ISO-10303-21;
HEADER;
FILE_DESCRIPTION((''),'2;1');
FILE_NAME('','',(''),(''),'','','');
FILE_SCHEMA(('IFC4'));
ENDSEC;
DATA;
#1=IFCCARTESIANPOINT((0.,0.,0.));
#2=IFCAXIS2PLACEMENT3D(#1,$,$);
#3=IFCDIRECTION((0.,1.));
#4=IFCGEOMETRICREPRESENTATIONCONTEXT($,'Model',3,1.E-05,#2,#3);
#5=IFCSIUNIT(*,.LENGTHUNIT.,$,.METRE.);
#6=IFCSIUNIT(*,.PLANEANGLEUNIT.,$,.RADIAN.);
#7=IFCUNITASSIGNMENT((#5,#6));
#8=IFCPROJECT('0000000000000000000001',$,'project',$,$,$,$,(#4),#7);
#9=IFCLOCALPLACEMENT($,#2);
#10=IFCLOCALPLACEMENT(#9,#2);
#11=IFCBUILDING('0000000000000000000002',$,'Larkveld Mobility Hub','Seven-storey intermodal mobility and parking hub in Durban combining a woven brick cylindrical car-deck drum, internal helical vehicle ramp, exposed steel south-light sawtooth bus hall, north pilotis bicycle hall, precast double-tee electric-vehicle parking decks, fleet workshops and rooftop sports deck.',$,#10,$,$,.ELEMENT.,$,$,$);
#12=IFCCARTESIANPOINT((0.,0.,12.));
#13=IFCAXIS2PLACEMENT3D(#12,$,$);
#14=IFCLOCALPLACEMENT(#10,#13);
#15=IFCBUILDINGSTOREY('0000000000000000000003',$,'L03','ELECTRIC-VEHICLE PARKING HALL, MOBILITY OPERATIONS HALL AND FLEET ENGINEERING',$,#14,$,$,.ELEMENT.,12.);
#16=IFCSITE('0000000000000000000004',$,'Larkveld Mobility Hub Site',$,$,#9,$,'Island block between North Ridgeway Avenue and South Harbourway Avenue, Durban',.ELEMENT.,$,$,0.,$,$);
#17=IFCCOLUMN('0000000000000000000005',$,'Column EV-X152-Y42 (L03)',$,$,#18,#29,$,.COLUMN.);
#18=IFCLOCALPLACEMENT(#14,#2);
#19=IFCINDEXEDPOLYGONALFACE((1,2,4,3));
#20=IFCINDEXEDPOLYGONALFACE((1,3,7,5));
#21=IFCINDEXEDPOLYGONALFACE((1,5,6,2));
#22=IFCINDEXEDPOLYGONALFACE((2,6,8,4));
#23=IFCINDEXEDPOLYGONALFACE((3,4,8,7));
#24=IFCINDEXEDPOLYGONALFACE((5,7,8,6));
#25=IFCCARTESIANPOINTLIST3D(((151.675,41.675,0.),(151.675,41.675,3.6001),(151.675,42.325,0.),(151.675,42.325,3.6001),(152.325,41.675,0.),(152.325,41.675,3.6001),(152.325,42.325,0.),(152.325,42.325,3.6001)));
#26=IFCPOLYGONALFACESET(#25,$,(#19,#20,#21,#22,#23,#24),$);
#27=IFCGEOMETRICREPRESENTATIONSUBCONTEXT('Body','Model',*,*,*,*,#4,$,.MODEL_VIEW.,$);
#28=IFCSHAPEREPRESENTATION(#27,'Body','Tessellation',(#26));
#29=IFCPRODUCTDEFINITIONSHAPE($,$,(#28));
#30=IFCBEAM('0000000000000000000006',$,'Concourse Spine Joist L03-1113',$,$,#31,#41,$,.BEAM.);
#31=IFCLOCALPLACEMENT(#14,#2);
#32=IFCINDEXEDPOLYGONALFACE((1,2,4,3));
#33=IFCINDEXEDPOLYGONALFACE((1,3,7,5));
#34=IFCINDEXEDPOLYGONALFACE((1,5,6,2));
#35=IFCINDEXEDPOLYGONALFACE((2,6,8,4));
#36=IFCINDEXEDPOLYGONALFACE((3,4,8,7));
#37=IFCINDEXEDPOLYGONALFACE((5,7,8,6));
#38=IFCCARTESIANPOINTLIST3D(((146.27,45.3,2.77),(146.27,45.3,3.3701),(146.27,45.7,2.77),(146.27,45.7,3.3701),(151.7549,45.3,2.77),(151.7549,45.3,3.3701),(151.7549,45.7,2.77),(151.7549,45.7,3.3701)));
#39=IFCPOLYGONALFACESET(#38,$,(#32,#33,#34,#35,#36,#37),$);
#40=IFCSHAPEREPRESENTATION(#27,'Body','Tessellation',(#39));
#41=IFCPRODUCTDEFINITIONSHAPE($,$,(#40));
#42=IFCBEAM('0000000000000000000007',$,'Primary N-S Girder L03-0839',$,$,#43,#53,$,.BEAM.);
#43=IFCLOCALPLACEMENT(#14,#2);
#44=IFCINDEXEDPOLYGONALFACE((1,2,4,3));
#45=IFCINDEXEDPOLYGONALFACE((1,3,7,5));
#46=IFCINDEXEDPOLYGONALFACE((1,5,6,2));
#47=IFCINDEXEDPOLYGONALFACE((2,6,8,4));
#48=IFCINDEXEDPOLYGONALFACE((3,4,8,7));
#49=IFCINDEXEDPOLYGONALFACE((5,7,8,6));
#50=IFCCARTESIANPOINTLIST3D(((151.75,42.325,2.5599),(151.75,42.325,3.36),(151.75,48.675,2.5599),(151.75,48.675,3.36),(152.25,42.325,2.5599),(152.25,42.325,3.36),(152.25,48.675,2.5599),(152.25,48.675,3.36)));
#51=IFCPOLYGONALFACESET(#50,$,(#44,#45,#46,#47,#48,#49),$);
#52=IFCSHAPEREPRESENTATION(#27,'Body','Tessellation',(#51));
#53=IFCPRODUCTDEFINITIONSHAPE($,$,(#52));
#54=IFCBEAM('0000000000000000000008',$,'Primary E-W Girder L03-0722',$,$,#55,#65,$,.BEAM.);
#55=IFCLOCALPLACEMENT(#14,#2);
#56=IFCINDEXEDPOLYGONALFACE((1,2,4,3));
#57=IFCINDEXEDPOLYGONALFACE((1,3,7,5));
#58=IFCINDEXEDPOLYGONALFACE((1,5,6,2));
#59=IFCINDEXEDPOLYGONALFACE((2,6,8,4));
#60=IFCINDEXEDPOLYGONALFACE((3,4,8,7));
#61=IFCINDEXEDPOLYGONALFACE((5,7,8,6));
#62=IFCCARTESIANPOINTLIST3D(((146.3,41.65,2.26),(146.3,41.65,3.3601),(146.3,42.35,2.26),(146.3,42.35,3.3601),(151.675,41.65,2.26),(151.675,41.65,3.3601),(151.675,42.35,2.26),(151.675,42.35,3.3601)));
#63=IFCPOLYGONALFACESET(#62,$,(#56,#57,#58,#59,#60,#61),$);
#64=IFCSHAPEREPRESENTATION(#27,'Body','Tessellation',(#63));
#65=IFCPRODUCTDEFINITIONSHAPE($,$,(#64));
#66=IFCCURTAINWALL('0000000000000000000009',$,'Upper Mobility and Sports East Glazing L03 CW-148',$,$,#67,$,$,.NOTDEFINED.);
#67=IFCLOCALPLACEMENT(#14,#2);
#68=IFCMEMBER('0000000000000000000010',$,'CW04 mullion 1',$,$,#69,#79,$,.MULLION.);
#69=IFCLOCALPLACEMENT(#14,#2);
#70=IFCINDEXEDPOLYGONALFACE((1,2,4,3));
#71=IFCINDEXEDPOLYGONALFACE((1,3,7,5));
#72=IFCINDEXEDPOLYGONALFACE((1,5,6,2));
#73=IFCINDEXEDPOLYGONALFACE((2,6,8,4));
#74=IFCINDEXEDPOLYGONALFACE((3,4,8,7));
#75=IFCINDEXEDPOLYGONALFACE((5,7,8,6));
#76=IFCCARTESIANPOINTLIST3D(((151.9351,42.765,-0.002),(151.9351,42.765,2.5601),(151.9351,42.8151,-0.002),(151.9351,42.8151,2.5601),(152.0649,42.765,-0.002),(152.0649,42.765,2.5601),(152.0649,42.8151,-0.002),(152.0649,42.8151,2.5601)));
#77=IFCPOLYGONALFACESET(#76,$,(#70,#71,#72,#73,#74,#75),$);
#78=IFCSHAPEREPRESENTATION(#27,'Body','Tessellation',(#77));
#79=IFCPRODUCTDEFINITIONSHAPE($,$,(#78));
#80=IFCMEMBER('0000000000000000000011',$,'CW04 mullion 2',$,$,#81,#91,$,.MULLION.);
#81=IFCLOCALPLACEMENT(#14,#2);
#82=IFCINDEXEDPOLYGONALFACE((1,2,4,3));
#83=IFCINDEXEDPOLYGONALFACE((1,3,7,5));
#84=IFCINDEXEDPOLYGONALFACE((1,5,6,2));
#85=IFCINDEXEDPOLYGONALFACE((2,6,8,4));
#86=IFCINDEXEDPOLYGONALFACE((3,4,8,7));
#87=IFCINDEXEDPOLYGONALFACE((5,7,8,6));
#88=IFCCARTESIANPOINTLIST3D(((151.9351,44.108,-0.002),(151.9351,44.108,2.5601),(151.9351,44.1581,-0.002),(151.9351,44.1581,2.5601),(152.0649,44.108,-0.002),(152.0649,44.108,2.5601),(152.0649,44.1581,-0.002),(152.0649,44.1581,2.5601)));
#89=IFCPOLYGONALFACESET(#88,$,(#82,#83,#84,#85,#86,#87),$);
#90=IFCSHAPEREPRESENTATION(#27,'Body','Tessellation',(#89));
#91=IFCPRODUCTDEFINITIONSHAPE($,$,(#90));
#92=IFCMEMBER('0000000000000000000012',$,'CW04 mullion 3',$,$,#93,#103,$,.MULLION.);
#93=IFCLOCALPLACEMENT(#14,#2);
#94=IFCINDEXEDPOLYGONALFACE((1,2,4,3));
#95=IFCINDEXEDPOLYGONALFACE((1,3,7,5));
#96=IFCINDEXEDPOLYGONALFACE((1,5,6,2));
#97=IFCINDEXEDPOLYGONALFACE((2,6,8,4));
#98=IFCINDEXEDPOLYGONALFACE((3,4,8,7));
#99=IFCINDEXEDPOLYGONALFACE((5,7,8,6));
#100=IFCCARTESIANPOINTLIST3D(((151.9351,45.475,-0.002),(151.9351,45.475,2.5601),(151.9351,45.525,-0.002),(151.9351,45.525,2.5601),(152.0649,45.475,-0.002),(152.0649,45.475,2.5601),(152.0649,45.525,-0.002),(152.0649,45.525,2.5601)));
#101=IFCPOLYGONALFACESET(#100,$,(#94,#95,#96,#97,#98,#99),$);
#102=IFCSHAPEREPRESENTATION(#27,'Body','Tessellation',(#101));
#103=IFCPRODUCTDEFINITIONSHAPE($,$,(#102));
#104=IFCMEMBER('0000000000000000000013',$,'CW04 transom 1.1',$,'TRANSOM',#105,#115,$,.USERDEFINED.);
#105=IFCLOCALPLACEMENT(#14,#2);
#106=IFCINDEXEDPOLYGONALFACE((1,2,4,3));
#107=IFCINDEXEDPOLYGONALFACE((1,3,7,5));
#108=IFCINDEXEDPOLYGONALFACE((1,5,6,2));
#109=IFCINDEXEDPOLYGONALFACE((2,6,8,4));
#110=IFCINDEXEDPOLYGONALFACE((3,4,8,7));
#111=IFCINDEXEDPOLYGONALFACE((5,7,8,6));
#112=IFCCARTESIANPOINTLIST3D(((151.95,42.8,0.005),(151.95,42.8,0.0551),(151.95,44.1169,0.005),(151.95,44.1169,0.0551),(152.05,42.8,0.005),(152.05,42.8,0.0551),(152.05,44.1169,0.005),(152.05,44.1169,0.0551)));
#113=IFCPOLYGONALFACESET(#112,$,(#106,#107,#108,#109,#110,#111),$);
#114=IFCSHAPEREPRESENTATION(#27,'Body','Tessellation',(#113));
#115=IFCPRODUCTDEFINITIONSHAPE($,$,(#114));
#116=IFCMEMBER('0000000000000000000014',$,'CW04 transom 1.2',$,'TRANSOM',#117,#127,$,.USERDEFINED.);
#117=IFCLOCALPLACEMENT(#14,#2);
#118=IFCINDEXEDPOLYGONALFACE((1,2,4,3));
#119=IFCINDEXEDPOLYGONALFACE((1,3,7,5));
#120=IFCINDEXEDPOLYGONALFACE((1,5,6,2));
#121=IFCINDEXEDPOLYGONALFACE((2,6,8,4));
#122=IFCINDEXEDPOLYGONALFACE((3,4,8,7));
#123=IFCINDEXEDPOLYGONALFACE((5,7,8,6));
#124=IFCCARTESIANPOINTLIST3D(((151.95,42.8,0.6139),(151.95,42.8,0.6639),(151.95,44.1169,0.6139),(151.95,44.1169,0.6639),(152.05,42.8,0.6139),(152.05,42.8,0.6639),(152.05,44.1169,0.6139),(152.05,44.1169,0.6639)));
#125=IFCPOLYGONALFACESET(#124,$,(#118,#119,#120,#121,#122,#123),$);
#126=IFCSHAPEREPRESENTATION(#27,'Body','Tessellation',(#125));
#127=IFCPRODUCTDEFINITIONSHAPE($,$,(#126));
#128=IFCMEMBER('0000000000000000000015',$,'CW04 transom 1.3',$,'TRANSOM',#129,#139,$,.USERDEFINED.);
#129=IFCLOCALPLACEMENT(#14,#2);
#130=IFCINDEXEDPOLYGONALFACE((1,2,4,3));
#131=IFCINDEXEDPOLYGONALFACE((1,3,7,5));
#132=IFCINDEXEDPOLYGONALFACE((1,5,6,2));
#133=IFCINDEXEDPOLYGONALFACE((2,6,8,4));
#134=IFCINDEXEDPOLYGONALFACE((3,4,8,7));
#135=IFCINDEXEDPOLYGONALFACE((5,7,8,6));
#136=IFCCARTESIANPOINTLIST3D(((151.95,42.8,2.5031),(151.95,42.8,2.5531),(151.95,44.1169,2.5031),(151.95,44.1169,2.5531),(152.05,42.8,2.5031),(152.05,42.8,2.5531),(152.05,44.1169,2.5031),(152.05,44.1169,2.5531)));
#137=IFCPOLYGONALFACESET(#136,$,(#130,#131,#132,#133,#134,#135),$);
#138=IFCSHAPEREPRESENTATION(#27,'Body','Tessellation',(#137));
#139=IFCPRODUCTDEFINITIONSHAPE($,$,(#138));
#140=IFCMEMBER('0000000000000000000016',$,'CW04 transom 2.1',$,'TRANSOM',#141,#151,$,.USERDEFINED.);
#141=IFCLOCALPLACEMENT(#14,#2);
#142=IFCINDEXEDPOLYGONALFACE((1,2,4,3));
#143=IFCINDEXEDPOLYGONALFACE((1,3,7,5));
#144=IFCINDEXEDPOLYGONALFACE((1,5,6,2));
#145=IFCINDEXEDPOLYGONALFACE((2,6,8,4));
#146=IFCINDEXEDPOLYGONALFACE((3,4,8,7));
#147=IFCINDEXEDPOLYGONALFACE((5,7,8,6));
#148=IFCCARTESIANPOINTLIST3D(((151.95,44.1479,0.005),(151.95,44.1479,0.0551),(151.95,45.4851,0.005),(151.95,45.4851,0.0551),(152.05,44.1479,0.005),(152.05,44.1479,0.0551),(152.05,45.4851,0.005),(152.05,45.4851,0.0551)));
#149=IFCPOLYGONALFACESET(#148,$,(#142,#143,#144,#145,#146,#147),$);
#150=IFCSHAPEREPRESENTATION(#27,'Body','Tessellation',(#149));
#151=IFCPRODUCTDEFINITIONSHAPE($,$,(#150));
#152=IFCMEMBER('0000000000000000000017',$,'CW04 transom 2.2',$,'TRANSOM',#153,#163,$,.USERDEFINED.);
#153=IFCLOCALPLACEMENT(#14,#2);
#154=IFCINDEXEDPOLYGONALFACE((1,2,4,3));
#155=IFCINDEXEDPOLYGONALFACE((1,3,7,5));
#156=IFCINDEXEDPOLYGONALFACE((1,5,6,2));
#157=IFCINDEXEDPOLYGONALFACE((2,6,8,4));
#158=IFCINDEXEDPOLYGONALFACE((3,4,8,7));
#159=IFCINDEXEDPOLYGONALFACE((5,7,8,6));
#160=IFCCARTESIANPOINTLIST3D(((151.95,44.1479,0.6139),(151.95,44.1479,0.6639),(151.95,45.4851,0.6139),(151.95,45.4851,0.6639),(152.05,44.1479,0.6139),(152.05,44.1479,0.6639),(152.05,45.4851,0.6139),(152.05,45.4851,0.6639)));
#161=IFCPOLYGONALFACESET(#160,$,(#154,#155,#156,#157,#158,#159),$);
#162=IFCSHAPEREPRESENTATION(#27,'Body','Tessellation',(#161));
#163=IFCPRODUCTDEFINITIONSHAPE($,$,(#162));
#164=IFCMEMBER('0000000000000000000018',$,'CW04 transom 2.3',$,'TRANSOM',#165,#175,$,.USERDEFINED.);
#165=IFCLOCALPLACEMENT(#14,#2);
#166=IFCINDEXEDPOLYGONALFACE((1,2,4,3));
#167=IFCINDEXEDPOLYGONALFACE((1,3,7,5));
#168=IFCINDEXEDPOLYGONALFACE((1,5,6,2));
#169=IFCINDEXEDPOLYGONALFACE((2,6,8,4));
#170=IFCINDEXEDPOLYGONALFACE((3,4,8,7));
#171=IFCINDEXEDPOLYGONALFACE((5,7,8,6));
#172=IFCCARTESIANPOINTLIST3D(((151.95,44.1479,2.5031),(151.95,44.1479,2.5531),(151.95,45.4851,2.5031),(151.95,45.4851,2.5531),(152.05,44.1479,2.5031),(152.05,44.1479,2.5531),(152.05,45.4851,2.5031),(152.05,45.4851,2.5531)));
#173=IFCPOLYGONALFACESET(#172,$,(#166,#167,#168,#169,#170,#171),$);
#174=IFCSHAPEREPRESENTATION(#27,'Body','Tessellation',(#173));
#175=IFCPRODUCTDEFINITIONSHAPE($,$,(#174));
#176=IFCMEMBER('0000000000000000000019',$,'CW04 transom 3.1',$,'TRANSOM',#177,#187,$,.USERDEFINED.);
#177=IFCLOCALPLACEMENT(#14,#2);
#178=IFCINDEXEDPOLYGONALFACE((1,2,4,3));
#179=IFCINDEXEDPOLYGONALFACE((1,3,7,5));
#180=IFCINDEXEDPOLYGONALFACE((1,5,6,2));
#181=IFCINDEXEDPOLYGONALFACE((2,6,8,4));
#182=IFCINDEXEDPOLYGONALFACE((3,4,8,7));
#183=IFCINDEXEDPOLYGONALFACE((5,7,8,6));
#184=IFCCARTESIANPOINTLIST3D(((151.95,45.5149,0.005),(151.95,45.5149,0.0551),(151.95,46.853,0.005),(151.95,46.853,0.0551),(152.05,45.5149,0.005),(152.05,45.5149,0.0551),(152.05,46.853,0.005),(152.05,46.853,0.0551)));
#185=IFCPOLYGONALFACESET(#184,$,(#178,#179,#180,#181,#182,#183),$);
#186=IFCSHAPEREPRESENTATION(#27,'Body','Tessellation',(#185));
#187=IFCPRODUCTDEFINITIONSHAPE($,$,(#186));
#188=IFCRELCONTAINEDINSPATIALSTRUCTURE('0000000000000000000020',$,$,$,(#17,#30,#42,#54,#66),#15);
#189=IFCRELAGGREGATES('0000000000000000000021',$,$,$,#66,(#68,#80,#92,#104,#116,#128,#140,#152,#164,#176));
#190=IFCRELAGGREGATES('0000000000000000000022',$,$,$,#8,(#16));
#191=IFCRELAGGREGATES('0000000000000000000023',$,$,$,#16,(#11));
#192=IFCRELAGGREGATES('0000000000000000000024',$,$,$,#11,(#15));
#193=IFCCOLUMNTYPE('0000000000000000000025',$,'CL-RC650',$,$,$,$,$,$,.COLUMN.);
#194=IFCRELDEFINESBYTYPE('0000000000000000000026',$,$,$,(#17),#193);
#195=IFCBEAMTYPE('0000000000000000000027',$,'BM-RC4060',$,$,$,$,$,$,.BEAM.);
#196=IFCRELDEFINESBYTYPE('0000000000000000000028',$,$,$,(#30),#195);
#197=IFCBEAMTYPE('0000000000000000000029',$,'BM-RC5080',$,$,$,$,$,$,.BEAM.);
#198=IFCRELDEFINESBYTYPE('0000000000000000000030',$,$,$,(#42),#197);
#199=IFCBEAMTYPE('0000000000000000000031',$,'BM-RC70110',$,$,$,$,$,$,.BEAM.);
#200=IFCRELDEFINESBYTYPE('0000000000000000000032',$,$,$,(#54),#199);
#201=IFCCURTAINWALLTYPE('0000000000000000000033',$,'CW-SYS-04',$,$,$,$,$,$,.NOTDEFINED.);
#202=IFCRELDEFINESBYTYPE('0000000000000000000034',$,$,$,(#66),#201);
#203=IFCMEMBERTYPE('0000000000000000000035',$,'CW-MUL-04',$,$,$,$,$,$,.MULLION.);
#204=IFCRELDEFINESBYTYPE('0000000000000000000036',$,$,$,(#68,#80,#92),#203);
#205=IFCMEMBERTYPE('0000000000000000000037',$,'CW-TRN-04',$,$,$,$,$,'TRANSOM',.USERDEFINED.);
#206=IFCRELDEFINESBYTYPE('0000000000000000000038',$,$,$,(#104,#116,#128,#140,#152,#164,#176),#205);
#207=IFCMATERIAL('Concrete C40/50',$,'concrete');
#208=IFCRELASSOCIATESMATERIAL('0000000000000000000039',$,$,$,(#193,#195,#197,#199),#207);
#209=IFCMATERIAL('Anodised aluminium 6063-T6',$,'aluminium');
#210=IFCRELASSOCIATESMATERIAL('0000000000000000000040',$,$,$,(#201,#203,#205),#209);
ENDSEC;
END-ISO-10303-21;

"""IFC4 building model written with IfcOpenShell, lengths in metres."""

from ifc_helpers import new_model, si_unit, direction, frame, origin, origin_2d, place, context, subcontext, project, spatial, rectangle, extrude, material, material_profile, profile_set, type_object, element, aggregate, save


model = new_model("IFC4")

# Units and contexts
model_context = context("Model", 3, precision=1e-05, world=origin(), true_north=direction((0.0, 1.0)))
body_context = subcontext(model_context, "Body", "Model", "MODEL_VIEW")
ifc_project = project(units=[si_unit("LENGTHUNIT", "METRE"), si_unit("PLANEANGLEUNIT", "RADIAN")], contexts=[model_context])

# Site, building, storey
site_placement = place(None, origin())
site = spatial("IfcSite", under=ifc_project, at=site_placement, Name="Larkveld Mobility Hub Site", LongName="Island block between North Ridgeway Avenue and South Harbourway Avenue, Durban", CompositionType="ELEMENT", RefElevation=0.0)
building_placement = place(site_placement, origin())
building = spatial("IfcBuilding", under=site, at=building_placement, Name="Larkveld Mobility Hub", Description="Seven-storey intermodal mobility and parking hub in Durban combining a woven brick cylindrical car-deck drum, internal helical vehicle ramp, exposed steel south-light sawtooth bus hall, north pilotis bicycle hall, precast double-tee electric-vehicle parking decks, fleet workshops and rooftop sports deck.", CompositionType="ELEMENT")
storey_placement = place(building_placement, frame((0.0, 0.0, 12.0)))
storey = spatial("IfcBuildingStorey", under=building, at=storey_placement, Name="L03", Description="ELECTRIC-VEHICLE PARKING HALL, MOBILITY OPERATIONS HALL AND FLEET ENGINEERING", CompositionType="ELEMENT", Elevation=12.0)

# Column
ifc_material_1 = material(Name="Concrete C40/50", Category="concrete")
ifc_material_profile_1 = material_profile(ifc_material_1, rectangle(XDim=0.6499, YDim=0.6499, at=origin_2d()), Name="RC COL 650x650")
ifc_profile_set_1 = profile_set([ifc_material_profile_1], Name="Concrete C40/50")
column_type = type_object("IfcColumnType", Name="CL-RC650", PredefinedType="COLUMN", material=ifc_profile_set_1)
column_placement = place(storey_placement, frame((152.0, 42.0, 0.0), z_axis=(0.0, 0.0, 1.0), x_axis=(1.0, 0.0, 0.0)))
element("IfcColumn", 1, at=column_placement, inside=storey, type_object=column_type, Name="Column EV-X152-Y42 (L03)", PredefinedType="COLUMN", context=body_context, shape_type="SweptSolid", body=[
    extrude(rectangle(XDim=0.6499, YDim=0.6499, at=origin_2d()), origin(), (0.0, 0.0, 1.0), 3.6001),
])

# Beams
ifc_material_profile_2 = material_profile(ifc_material_1, rectangle(XDim=0.3999, YDim=0.6001, at=origin_2d()), Name="RC BM 400x600")
ifc_profile_set_2 = profile_set([ifc_material_profile_2], Name="Concrete C40/50")
beam_type_1 = type_object("IfcBeamType", Name="BM-RC4060", PredefinedType="BEAM", material=ifc_profile_set_2)
beam_1_placement = place(storey_placement, frame((146.27, 45.5, 3.0701), z_axis=(1.0, 0.0, 0.0), x_axis=(0.0, 1.0, 0.0)))
element("IfcBeam", 2, at=beam_1_placement, inside=storey, type_object=beam_type_1, Name="Concourse Spine Joist L03-1113", PredefinedType="BEAM", context=body_context, shape_type="SweptSolid", body=[
    extrude(rectangle(XDim=0.3999, YDim=0.6001, at=origin_2d()), origin(), (0.0, 0.0, 1.0), 5.4849),
])
ifc_material_profile_3 = material_profile(ifc_material_1, rectangle(XDim=0.5, YDim=0.8, at=origin_2d()), Name="RC BM 500x800")
ifc_profile_set_3 = profile_set([ifc_material_profile_3], Name="Concrete C40/50")
beam_type_2 = type_object("IfcBeamType", Name="BM-RC5080", PredefinedType="BEAM", material=ifc_profile_set_3)
beam_2_placement = place(storey_placement, frame((152.0, 42.325, 2.96), z_axis=(0.0, 1.0, 0.0), x_axis=(-1.0, 0.0, 0.0)))
element("IfcBeam", 3, at=beam_2_placement, inside=storey, type_object=beam_type_2, Name="Primary N-S Girder L03-0839", PredefinedType="BEAM", context=body_context, shape_type="SweptSolid", body=[
    extrude(rectangle(XDim=0.5, YDim=0.8, at=origin_2d()), origin(), (0.0, 0.0, 1.0), 6.3501),
])
ifc_material_profile_4 = material_profile(ifc_material_1, rectangle(XDim=0.7, YDim=1.1001, at=origin_2d()), Name="RC BM 700x1100")
ifc_profile_set_4 = profile_set([ifc_material_profile_4], Name="Concrete C40/50")
beam_type_3 = type_object("IfcBeamType", Name="BM-RC70110", PredefinedType="BEAM", material=ifc_profile_set_4)
beam_3_placement = place(storey_placement, frame((146.3, 42.0, 2.8101), z_axis=(1.0, 0.0, 0.0), x_axis=(0.0, 1.0, 0.0)))
element("IfcBeam", 4, at=beam_3_placement, inside=storey, type_object=beam_type_3, Name="Primary E-W Girder L03-0722", PredefinedType="BEAM", context=body_context, shape_type="SweptSolid", body=[
    extrude(rectangle(XDim=0.7, YDim=1.1001, at=origin_2d()), origin(), (0.0, 0.0, 1.0), 5.375),
])

# Curtain wall, members
ifc_material_2 = material(Name="Anodised aluminium 6063-T6", Category="aluminium")
curtain_wall_type = type_object("IfcCurtainWallType", Name="CW-SYS-04", PredefinedType="NOTDEFINED", material=ifc_material_2)
curtain_wall_placement = place(storey_placement, origin())
curtain_wall = element("IfcCurtainWall", 5, at=curtain_wall_placement, inside=storey, type_object=curtain_wall_type, Name="Upper Mobility and Sports East Glazing L03 CW-148", PredefinedType="NOTDEFINED")
ifc_material_profile_5 = material_profile(ifc_material_2, rectangle(XDim=0.05, YDim=0.1299, at=origin_2d()), Name="ALU MULL 50x130")
ifc_profile_set_5 = profile_set([ifc_material_profile_5], Name="Anodised aluminium 6063-T6")
member_type_1 = type_object("IfcMemberType", Name="CW-MUL-04", PredefinedType="MULLION", material=ifc_profile_set_5)
member_1_placement = place(storey_placement, frame((152.0, 42.79, -0.002), z_axis=(0.0, 0.0, 1.0), x_axis=(0.0, 1.0, 0.0)))
member_1 = element("IfcMember", 6, at=member_1_placement, type_object=member_type_1, Name="CW04 mullion 1", PredefinedType="MULLION", context=body_context, shape_type="SweptSolid", body=[
    extrude(rectangle(XDim=0.05, YDim=0.1299, at=origin_2d()), origin(), (0.0, 0.0, 1.0), 2.562),
])
member_2_placement = place(storey_placement, frame((152.0, 44.1331, -0.002), z_axis=(0.0, 0.0, 1.0), x_axis=(0.0, 1.0, 0.0)))
member_2 = element("IfcMember", 7, at=member_2_placement, type_object=member_type_1, Name="CW04 mullion 2", PredefinedType="MULLION", context=body_context, shape_type="SweptSolid", body=[
    extrude(rectangle(XDim=0.05, YDim=0.1299, at=origin_2d()), origin(), (0.0, 0.0, 1.0), 2.562),
])
member_3_placement = place(storey_placement, frame((152.0, 45.5, -0.002), z_axis=(0.0, 0.0, 1.0), x_axis=(0.0, 1.0, 0.0)))
member_3 = element("IfcMember", 8, at=member_3_placement, type_object=member_type_1, Name="CW04 mullion 3", PredefinedType="MULLION", context=body_context, shape_type="SweptSolid", body=[
    extrude(rectangle(XDim=0.05, YDim=0.1299, at=origin_2d()), origin(), (0.0, 0.0, 1.0), 2.562),
])
ifc_material_profile_6 = material_profile(ifc_material_2, rectangle(XDim=0.1001, YDim=0.05, at=origin_2d()), Name="ALU TRAN 50x100")
ifc_profile_set_6 = profile_set([ifc_material_profile_6], Name="Anodised aluminium 6063-T6")
member_type_2 = type_object("IfcMemberType", Name="CW-TRN-04", ElementType="TRANSOM", PredefinedType="USERDEFINED", material=ifc_profile_set_6)
member_4_placement = place(storey_placement, frame((152.0, 42.8, 0.03), z_axis=(0.0, 1.0, 0.0), x_axis=(-1.0, 0.0, 0.0)))
member_4 = element("IfcMember", 9, at=member_4_placement, type_object=member_type_2, Name="CW04 transom 1.1", ObjectType="TRANSOM", PredefinedType="USERDEFINED", context=body_context, shape_type="SweptSolid", body=[
    extrude(rectangle(XDim=0.1001, YDim=0.05, at=origin_2d()), origin(), (0.0, 0.0, 1.0), 1.3169),
])
member_5_placement = place(storey_placement, frame((152.0, 42.8, 0.6389), z_axis=(0.0, 1.0, 0.0), x_axis=(-1.0, 0.0, 0.0)))
member_5 = element("IfcMember", 10, at=member_5_placement, type_object=member_type_2, Name="CW04 transom 1.2", ObjectType="TRANSOM", PredefinedType="USERDEFINED", context=body_context, shape_type="SweptSolid", body=[
    extrude(rectangle(XDim=0.1001, YDim=0.05, at=origin_2d()), origin(), (0.0, 0.0, 1.0), 1.3169),
])
member_6_placement = place(storey_placement, frame((152.0, 42.8, 2.5281), z_axis=(0.0, 1.0, 0.0), x_axis=(-1.0, 0.0, 0.0)))
member_6 = element("IfcMember", 11, at=member_6_placement, type_object=member_type_2, Name="CW04 transom 1.3", ObjectType="TRANSOM", PredefinedType="USERDEFINED", context=body_context, shape_type="SweptSolid", body=[
    extrude(rectangle(XDim=0.1001, YDim=0.05, at=origin_2d()), origin(), (0.0, 0.0, 1.0), 1.3169),
])
member_7_placement = place(storey_placement, frame((152.0, 44.1479, 0.03), z_axis=(0.0, 1.0, 0.0), x_axis=(-1.0, 0.0, 0.0)))
member_7 = element("IfcMember", 12, at=member_7_placement, type_object=member_type_2, Name="CW04 transom 2.1", ObjectType="TRANSOM", PredefinedType="USERDEFINED", context=body_context, shape_type="SweptSolid", body=[
    extrude(rectangle(XDim=0.1001, YDim=0.05, at=origin_2d()), origin(), (0.0, 0.0, 1.0), 1.3372),
])
member_8_placement = place(storey_placement, frame((152.0, 44.1479, 0.6389), z_axis=(0.0, 1.0, 0.0), x_axis=(-1.0, 0.0, 0.0)))
member_8 = element("IfcMember", 13, at=member_8_placement, type_object=member_type_2, Name="CW04 transom 2.2", ObjectType="TRANSOM", PredefinedType="USERDEFINED", context=body_context, shape_type="SweptSolid", body=[
    extrude(rectangle(XDim=0.1001, YDim=0.05, at=origin_2d()), origin(), (0.0, 0.0, 1.0), 1.3372),
])
member_9_placement = place(storey_placement, frame((152.0, 44.1479, 2.5281), z_axis=(0.0, 1.0, 0.0), x_axis=(-1.0, 0.0, 0.0)))
member_9 = element("IfcMember", 14, at=member_9_placement, type_object=member_type_2, Name="CW04 transom 2.3", ObjectType="TRANSOM", PredefinedType="USERDEFINED", context=body_context, shape_type="SweptSolid", body=[
    extrude(rectangle(XDim=0.1001, YDim=0.05, at=origin_2d()), origin(), (0.0, 0.0, 1.0), 1.3372),
])
member_10_placement = place(storey_placement, frame((152.0, 45.5149, 0.03), z_axis=(0.0, 1.0, 0.0), x_axis=(-1.0, 0.0, 0.0)))
member_10 = element("IfcMember", 15, at=member_10_placement, type_object=member_type_2, Name="CW04 transom 3.1", ObjectType="TRANSOM", PredefinedType="USERDEFINED", context=body_context, shape_type="SweptSolid", body=[
    extrude(rectangle(XDim=0.1001, YDim=0.05, at=origin_2d()), origin(), (0.0, 0.0, 1.0), 1.3381),
])
aggregate(curtain_wall, [member_1, member_2, member_3, member_4, member_5, member_6, member_7, member_8, member_9, member_10])

save(model, "model.ifc")
